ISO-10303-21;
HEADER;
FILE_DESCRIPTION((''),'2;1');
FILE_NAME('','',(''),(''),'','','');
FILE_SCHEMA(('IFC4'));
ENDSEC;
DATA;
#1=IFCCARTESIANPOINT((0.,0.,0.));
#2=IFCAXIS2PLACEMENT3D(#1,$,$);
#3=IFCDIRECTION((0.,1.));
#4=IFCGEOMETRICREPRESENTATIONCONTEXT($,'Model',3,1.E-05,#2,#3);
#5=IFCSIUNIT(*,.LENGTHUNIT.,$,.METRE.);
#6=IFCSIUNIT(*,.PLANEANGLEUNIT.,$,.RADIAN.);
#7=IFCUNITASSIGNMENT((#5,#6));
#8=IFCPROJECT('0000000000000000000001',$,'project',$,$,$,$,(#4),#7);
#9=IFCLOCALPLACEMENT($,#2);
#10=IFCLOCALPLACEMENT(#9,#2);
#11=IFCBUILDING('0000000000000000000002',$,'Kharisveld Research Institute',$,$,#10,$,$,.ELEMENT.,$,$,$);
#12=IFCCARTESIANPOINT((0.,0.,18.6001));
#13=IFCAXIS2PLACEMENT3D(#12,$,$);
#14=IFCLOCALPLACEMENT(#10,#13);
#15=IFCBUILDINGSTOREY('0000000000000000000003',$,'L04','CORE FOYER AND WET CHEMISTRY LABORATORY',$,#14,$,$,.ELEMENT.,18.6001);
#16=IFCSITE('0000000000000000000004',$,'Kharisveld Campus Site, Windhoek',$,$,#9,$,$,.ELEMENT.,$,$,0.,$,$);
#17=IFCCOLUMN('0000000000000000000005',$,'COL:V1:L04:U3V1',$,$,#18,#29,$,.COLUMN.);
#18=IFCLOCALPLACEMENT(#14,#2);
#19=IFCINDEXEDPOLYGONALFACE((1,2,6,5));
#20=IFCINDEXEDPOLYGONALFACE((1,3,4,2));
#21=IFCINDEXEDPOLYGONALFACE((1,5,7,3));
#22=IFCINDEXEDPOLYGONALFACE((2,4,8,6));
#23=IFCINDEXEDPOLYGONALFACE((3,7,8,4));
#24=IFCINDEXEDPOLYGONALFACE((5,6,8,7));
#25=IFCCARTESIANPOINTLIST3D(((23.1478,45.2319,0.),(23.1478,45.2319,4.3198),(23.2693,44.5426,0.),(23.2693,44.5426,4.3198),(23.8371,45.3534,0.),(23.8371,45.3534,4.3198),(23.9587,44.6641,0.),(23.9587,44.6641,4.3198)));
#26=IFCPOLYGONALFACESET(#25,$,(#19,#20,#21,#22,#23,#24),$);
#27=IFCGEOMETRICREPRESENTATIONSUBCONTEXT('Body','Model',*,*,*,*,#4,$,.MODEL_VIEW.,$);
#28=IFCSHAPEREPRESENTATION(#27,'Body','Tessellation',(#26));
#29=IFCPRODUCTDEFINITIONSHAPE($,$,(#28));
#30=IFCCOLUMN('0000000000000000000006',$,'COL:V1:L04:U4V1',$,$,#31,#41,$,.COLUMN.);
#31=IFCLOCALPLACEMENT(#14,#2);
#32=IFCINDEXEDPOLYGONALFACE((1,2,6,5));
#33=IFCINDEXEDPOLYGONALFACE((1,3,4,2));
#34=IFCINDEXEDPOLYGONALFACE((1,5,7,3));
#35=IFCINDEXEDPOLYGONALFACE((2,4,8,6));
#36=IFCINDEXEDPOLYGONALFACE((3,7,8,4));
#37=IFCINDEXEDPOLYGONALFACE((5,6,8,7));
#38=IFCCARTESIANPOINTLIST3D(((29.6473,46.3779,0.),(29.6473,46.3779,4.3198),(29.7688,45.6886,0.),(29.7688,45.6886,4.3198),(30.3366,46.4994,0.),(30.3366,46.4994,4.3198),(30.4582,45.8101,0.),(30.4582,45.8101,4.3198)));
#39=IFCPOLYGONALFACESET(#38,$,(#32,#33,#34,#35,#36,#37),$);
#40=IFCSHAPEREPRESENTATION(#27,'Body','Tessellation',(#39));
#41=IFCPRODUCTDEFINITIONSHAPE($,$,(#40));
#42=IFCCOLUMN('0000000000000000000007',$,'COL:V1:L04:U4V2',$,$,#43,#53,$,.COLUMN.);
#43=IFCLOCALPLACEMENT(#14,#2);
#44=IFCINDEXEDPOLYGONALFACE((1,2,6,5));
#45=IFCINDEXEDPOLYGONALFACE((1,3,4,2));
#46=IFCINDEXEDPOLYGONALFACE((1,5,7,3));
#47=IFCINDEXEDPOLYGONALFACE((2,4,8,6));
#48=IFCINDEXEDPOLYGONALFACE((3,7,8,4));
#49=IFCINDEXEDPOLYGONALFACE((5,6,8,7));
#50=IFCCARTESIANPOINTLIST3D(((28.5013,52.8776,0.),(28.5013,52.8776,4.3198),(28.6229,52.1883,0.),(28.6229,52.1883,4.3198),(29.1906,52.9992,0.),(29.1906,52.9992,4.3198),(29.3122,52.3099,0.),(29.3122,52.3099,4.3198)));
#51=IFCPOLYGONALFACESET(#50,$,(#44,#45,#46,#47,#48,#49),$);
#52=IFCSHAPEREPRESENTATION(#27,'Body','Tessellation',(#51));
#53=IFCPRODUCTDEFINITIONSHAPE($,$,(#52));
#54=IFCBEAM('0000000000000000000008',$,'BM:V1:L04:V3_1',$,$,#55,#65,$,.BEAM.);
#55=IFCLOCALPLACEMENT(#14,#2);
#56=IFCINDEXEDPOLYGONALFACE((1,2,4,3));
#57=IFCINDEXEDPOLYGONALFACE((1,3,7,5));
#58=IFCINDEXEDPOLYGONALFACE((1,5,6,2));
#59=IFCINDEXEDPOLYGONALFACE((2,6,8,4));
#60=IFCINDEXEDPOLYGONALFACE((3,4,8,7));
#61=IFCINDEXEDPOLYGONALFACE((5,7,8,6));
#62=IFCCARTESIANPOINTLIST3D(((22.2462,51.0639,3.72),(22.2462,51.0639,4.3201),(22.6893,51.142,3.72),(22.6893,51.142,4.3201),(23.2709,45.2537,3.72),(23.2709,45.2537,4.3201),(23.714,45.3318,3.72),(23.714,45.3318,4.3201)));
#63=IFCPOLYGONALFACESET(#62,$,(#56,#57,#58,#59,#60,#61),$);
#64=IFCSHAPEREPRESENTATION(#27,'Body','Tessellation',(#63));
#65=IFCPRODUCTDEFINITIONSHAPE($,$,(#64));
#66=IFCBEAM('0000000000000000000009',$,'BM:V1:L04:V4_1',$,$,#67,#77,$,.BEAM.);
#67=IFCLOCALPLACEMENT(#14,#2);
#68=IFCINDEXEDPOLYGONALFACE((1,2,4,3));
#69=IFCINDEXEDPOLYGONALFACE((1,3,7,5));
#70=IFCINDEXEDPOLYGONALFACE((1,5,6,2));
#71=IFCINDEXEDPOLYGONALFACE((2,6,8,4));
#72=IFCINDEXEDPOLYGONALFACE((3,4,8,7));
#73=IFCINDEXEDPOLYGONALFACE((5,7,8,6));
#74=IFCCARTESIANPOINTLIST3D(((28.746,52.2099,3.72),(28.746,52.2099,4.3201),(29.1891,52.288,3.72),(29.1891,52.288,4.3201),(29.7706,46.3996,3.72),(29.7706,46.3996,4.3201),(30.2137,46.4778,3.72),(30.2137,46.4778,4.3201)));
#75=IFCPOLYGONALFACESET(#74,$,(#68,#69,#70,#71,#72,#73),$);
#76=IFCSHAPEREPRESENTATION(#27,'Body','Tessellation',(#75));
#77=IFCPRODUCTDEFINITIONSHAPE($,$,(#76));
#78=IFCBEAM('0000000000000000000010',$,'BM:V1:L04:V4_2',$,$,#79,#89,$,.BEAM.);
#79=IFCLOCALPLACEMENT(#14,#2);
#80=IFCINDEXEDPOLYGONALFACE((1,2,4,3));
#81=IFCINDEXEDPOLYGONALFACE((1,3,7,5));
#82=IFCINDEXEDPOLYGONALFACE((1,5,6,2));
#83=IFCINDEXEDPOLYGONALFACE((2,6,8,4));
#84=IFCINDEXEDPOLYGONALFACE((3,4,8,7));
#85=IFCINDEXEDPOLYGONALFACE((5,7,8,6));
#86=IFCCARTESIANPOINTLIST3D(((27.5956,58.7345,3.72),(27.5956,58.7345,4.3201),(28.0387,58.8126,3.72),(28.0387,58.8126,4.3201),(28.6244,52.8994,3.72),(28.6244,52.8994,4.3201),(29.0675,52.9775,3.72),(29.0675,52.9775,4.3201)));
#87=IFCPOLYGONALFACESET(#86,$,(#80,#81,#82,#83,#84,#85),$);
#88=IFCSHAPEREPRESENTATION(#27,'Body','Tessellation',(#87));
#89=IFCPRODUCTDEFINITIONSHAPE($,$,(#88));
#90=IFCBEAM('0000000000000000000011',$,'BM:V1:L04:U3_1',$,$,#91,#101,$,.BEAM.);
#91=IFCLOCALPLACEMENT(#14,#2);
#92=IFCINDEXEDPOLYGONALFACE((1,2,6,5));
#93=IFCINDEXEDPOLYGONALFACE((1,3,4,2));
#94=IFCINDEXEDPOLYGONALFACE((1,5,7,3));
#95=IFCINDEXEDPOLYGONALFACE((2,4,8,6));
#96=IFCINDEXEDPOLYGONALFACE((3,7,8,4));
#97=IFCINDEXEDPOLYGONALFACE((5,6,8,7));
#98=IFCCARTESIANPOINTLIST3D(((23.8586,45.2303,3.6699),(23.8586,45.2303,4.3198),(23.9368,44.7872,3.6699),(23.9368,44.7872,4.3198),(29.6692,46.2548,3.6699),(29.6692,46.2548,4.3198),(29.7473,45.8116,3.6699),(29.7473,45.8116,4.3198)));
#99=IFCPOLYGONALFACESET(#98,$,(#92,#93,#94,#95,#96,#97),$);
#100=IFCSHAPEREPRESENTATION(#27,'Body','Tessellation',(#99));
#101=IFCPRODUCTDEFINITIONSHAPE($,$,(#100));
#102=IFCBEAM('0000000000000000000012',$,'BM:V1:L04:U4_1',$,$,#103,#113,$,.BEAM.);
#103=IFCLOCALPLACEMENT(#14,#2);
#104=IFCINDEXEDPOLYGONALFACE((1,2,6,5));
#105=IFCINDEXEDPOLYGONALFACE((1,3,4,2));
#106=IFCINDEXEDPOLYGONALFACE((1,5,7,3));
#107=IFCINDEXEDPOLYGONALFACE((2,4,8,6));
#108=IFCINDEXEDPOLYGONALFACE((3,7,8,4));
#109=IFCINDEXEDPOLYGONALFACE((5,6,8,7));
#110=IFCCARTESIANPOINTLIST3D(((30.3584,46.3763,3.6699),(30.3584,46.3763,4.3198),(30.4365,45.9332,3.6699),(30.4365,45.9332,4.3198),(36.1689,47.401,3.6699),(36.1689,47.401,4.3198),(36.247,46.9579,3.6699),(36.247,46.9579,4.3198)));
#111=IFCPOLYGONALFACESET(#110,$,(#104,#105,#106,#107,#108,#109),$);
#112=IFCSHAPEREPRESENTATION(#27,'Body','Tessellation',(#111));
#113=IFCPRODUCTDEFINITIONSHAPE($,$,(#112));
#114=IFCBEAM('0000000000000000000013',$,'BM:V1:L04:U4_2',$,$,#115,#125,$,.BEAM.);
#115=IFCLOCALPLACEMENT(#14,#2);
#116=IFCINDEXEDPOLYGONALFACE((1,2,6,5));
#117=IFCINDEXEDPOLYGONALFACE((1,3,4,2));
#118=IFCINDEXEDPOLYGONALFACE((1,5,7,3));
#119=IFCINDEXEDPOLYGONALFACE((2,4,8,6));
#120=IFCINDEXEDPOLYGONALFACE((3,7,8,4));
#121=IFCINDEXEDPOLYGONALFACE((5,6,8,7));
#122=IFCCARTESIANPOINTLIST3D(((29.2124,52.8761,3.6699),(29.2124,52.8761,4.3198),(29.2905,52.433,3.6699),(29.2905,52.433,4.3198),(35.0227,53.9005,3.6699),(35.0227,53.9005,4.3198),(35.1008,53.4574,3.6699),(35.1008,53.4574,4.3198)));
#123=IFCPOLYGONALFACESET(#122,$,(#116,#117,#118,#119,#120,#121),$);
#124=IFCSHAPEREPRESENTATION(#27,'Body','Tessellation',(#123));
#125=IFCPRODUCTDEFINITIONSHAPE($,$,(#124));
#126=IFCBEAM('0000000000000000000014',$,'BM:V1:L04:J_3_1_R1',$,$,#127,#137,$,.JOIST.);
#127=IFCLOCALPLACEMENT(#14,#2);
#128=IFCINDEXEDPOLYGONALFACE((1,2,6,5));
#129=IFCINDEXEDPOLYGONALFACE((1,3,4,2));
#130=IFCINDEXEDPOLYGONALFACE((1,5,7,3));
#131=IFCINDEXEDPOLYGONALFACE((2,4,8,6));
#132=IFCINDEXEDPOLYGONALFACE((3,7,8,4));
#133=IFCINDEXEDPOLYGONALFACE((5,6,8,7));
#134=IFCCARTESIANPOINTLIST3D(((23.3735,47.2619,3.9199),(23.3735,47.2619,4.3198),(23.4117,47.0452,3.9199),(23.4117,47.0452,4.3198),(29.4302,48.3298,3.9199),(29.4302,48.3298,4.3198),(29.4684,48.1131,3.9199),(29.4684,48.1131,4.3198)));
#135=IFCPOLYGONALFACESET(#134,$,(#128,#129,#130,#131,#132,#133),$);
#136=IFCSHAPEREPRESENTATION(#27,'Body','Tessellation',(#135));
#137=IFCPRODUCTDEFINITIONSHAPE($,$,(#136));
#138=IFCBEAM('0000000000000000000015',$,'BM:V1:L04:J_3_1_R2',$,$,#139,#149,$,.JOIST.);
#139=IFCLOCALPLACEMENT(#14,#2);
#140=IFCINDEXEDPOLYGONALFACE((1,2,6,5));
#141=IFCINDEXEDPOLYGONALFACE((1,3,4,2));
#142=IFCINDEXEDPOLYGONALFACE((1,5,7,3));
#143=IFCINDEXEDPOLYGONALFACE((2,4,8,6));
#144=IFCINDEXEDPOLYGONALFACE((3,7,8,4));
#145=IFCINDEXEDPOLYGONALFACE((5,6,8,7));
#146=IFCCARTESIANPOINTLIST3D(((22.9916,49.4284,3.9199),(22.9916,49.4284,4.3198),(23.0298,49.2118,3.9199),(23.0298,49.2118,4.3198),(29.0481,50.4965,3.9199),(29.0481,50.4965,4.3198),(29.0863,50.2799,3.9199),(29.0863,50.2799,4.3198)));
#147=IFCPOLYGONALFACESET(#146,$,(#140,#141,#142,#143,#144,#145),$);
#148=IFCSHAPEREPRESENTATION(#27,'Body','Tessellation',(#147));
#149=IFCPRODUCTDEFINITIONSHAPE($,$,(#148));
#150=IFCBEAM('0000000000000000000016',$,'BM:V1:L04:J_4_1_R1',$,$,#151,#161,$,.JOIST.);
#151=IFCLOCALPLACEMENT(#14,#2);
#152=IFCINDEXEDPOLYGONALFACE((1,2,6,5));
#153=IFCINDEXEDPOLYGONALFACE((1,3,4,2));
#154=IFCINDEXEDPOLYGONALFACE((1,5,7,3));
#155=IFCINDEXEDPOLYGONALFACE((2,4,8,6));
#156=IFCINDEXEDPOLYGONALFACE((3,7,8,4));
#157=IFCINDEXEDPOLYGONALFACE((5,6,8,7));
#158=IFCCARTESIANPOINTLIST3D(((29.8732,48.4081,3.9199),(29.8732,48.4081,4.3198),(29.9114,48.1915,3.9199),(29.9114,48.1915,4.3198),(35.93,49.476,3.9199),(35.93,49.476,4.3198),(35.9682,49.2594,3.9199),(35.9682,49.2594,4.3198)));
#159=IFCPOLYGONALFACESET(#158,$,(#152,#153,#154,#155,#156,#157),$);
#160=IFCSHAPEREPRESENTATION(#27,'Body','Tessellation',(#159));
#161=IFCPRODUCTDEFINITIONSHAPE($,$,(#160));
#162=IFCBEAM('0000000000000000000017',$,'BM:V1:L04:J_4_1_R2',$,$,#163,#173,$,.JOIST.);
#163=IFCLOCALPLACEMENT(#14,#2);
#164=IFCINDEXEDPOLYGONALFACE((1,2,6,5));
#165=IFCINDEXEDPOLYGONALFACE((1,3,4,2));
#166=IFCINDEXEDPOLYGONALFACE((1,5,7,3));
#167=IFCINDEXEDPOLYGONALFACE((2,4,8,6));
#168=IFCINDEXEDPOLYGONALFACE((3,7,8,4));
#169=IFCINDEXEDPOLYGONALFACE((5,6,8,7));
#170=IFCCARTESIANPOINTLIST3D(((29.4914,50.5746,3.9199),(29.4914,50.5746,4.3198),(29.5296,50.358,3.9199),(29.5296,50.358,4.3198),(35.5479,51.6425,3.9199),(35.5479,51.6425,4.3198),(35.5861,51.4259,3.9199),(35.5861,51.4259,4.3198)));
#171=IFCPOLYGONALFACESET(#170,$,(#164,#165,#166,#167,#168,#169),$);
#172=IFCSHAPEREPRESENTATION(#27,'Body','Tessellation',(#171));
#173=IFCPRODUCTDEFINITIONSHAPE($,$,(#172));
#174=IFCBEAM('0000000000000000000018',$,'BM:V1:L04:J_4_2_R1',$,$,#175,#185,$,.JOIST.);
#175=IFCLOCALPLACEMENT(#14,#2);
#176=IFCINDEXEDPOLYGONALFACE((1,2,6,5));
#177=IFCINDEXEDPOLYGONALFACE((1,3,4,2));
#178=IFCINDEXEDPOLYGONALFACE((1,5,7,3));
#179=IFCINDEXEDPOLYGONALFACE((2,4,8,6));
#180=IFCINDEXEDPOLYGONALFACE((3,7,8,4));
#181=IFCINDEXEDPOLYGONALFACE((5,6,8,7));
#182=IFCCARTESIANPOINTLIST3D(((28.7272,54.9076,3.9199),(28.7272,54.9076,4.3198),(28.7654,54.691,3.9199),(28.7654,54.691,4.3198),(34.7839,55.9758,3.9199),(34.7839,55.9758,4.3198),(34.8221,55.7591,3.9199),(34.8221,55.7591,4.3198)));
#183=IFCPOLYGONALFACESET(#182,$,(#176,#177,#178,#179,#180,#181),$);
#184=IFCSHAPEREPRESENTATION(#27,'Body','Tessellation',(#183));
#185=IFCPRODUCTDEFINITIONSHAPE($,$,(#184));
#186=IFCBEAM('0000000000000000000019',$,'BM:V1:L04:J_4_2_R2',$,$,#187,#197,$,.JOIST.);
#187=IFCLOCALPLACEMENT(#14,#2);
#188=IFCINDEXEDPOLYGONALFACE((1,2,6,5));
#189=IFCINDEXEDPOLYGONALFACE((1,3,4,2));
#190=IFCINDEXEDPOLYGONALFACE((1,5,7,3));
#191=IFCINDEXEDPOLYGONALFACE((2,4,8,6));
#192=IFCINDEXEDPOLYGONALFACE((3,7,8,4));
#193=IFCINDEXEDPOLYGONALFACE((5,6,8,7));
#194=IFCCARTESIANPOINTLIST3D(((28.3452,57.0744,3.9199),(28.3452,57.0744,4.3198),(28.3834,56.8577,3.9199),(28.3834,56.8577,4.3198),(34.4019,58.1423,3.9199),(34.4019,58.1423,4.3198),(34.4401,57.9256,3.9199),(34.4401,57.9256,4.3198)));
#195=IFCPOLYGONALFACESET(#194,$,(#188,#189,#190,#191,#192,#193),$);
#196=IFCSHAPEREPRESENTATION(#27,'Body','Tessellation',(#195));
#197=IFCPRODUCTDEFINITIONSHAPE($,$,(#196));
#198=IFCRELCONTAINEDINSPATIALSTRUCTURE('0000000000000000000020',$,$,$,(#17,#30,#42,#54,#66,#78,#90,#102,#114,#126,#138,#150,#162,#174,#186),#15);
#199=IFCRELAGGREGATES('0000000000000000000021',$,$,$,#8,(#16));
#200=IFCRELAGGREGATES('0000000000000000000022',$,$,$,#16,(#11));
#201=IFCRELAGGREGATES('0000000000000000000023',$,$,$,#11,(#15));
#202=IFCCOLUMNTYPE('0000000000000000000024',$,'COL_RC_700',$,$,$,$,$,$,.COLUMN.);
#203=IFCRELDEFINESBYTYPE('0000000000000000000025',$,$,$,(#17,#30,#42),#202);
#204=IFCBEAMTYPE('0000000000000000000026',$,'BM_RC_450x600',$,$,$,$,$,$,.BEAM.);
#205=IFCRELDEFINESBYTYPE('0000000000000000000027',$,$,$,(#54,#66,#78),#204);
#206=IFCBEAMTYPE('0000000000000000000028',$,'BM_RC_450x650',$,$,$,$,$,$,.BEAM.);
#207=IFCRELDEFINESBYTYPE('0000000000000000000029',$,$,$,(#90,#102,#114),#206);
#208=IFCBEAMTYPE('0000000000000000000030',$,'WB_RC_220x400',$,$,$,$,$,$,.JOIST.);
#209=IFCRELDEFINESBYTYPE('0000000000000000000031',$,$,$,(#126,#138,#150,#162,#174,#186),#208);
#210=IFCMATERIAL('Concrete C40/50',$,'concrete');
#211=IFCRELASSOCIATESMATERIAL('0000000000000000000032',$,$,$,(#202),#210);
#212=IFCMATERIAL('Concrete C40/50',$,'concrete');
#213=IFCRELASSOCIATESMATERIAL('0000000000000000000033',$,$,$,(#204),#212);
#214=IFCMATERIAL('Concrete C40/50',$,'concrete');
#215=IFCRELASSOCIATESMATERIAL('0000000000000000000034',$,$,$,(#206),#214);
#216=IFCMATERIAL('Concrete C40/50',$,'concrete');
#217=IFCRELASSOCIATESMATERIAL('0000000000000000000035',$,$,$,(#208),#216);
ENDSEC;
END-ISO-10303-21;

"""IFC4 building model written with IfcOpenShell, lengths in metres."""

from ifc_helpers import new_model, si_unit, direction, frame, origin, origin_2d, place, context, subcontext, project, spatial, rectangle, extrude, material, material_profile, profile_set, type_object, element, save


model = new_model("IFC4")

# Units and contexts
model_context = context("Model", 3, precision=1e-05, world=origin(), true_north=direction((0.0, 1.0)))
body_context = subcontext(model_context, "Body", "Model", "MODEL_VIEW")
ifc_project = project(units=[si_unit("LENGTHUNIT", "METRE"), si_unit("PLANEANGLEUNIT", "RADIAN")], contexts=[model_context])

# Site, building, storey
site_placement = place(None, origin())
site = spatial("IfcSite", under=ifc_project, at=site_placement, Name="Kharisveld Campus Site, Windhoek", CompositionType="ELEMENT", RefElevation=0.0)
building_placement = place(site_placement, origin())
building = spatial("IfcBuilding", under=site, at=building_placement, Name="Kharisveld Research Institute", CompositionType="ELEMENT")
storey_placement = place(building_placement, frame((0.0, 0.0, 18.6001)))
storey = spatial("IfcBuildingStorey", under=building, at=storey_placement, Name="L04", Description="CORE FOYER AND WET CHEMISTRY LABORATORY", CompositionType="ELEMENT", Elevation=18.6001)

# Columns
ifc_material_1 = material(Name="Concrete C40/50", Category="concrete")
ifc_material_profile_1 = material_profile(ifc_material_1, rectangle(XDim=0.7, YDim=0.7, at=origin_2d()))
ifc_profile_set_1 = profile_set([ifc_material_profile_1], Name="Concrete C40/50")
column_type = type_object("IfcColumnType", Name="COL_RC_700", PredefinedType="COLUMN", material=ifc_profile_set_1)
for number, where, z_axis, x_axis, name in (
    (1, (23.5532, 44.948, 0.0), (0.0, 0.0, 1.0), (0.984808, 0.173648, 0.0), "COL:V1:L04:U3V1"),
    (2, (30.0527, 46.094, 0.0), (0.0, 0.0, 1.0), (0.984808, 0.173648, 0.0), "COL:V1:L04:U4V1"),
    (3, (28.9067, 52.5938, 0.0), (0.0, 0.0, 1.0), (0.984808, 0.173648, 0.0), "COL:V1:L04:U4V2"),
):
    element("IfcColumn", number, at=place(storey_placement, frame(where, z_axis=z_axis, x_axis=x_axis)), inside=storey, type_object=column_type, Name=name, PredefinedType="COLUMN", context=body_context, shape_type="SweptSolid", body=[
        extrude(rectangle(XDim=0.7, YDim=0.7, at=origin_2d()), origin(), (0.0, 0.0, 1.0), 4.3198),
    ])

# Beams
ifc_material_2 = material(Name="Concrete C40/50", Category="concrete")
ifc_material_profile_2 = material_profile(ifc_material_2, rectangle(XDim=0.45, YDim=0.6001, at=origin_2d()))
ifc_profile_set_2 = profile_set([ifc_material_profile_2], Name="Concrete C40/50")
beam_type_1 = type_object("IfcBeamType", Name="BM_RC_450x600", PredefinedType="BEAM", material=ifc_profile_set_2)
for number, where, z_axis, x_axis, name in (
    (4, (23.4924, 45.2927, 4.02), (-0.173672, 0.984804, 0.0), (-0.984804, -0.173672, 0.0), "BM:V1:L04:V3_1"),
    (5, (29.9922, 46.4387, 4.02), (-0.173672, 0.984804, 0.0), (-0.984804, -0.173672, 0.0), "BM:V1:L04:V4_1"),
):
    element("IfcBeam", number, at=place(storey_placement, frame(where, z_axis=z_axis, x_axis=x_axis)), inside=storey, type_object=beam_type_1, Name=name, PredefinedType="BEAM", context=body_context, shape_type="SweptSolid", body=[
        extrude(rectangle(XDim=0.45, YDim=0.6001, at=origin_2d()), origin(), (0.0, 0.0, 1.0), 5.8999),
    ])
beam_1_placement = place(storey_placement, frame((28.8459, 52.9385, 4.02), z_axis=(-0.17364, 0.984809, 0.0), x_axis=(-0.984809, -0.17364, 0.0)))
element("IfcBeam", 6, at=beam_1_placement, inside=storey, type_object=beam_type_1, Name="BM:V1:L04:V4_2", PredefinedType="BEAM", context=body_context, shape_type="SweptSolid", body=[
    extrude(rectangle(XDim=0.45, YDim=0.6001, at=origin_2d()), origin(), (0.0, 0.0, 1.0), 5.925),
])
ifc_material_3 = material(Name="Concrete C40/50", Category="concrete")
ifc_material_profile_3 = material_profile(ifc_material_3, rectangle(XDim=0.45, YDim=0.6499, at=origin_2d()))
ifc_profile_set_3 = profile_set([ifc_material_profile_3], Name="Concrete C40/50")
beam_type_2 = type_object("IfcBeamType", Name="BM_RC_450x650", PredefinedType="BEAM", material=ifc_profile_set_3)
for number, where, z_axis, x_axis, name in (
    (7, (23.8977, 45.0088, 3.9949), (0.984812, 0.173625, 0.0), (-0.173625, 0.984812, 0.0), "BM:V1:L04:U3_1"),
    (8, (30.3975, 46.1548, 3.9949), (0.984805, 0.173665, 0.0), (-0.173665, 0.984805, 0.0), "BM:V1:L04:U4_1"),
):
    element("IfcBeam", number, at=place(storey_placement, frame(where, z_axis=z_axis, x_axis=x_axis)), inside=storey, type_object=beam_type_2, Name=name, PredefinedType="BEAM", context=body_context, shape_type="SweptSolid", body=[
        extrude(rectangle(XDim=0.45, YDim=0.6499, at=origin_2d()), origin(), (0.0, 0.0, 1.0), 5.9001),
    ])
beam_2_placement = place(storey_placement, frame((29.2515, 52.6545, 3.9949), z_axis=(0.984811, 0.173632, 0.0), x_axis=(-0.173632, 0.984811, 0.0)))
element("IfcBeam", 9, at=beam_2_placement, inside=storey, type_object=beam_type_2, Name="BM:V1:L04:U4_2", PredefinedType="BEAM", context=body_context, shape_type="SweptSolid", body=[
    extrude(rectangle(XDim=0.45, YDim=0.6499, at=origin_2d()), origin(), (0.0, 0.0, 1.0), 5.8999),
])
ifc_material_4 = material(Name="Concrete C40/50", Category="concrete")
ifc_material_profile_4 = material_profile(ifc_material_4, rectangle(XDim=0.22, YDim=0.3999, at=origin_2d()))
ifc_profile_set_4 = profile_set([ifc_material_profile_4], Name="Concrete C40/50")
beam_type_3 = type_object("IfcBeamType", Name="WB_RC_220x400", PredefinedType="JOIST", material=ifc_profile_set_4)
beam_3_placement = place(storey_placement, frame((23.3926, 47.1536, 4.1199), z_axis=(0.98481, 0.173636, 0.0), x_axis=(-0.173636, 0.98481, 0.0)))
element("IfcBeam", 10, at=beam_3_placement, inside=storey, type_object=beam_type_3, Name="BM:V1:L04:J_3_1_R1", PredefinedType="JOIST", context=body_context, shape_type="SweptSolid", body=[
    extrude(rectangle(XDim=0.22, YDim=0.3999, at=origin_2d()), origin(), (0.0, 0.0, 1.0), 6.1501),
])
beam_4_placement = place(storey_placement, frame((23.0107, 49.3201, 4.1199), z_axis=(0.984802, 0.173681, 0.0), x_axis=(-0.173681, 0.984802, 0.0)))
element("IfcBeam", 11, at=beam_4_placement, inside=storey, type_object=beam_type_3, Name="BM:V1:L04:J_3_1_R2", PredefinedType="JOIST", context=body_context, shape_type="SweptSolid", body=[
    extrude(rectangle(XDim=0.22, YDim=0.3999, at=origin_2d()), origin(), (0.0, 0.0, 1.0), 6.1499),
])
beam_5_placement = place(storey_placement, frame((29.8923, 48.2998, 4.1199), z_axis=(0.98481, 0.173636, 0.0), x_axis=(-0.173636, 0.98481, 0.0)))
element("IfcBeam", 12, at=beam_5_placement, inside=storey, type_object=beam_type_3, Name="BM:V1:L04:J_4_1_R1", PredefinedType="JOIST", context=body_context, shape_type="SweptSolid", body=[
    extrude(rectangle(XDim=0.22, YDim=0.3999, at=origin_2d()), origin(), (0.0, 0.0, 1.0), 6.1501),
])
beam_6_placement = place(storey_placement, frame((29.5105, 50.4663, 4.1199), z_axis=(0.984809, 0.173643, 0.0), x_axis=(-0.173643, 0.984809, 0.0)))
element("IfcBeam", 13, at=beam_6_placement, inside=storey, type_object=beam_type_3, Name="BM:V1:L04:J_4_1_R2", PredefinedType="JOIST", context=body_context, shape_type="SweptSolid", body=[
    extrude(rectangle(XDim=0.22, YDim=0.3999, at=origin_2d()), origin(), (0.0, 0.0, 1.0), 6.1499),
])
for number, where, z_axis, x_axis, name in (
    (14, (28.7463, 54.7993, 4.1199), (0.984803, 0.173674, 0.0), (-0.173674, 0.984803, 0.0), "BM:V1:L04:J_4_2_R1"),
    (15, (28.3643, 56.9661, 4.1199), (0.98481, 0.173636, 0.0), (-0.173636, 0.98481, 0.0), "BM:V1:L04:J_4_2_R2"),
):
    element("IfcBeam", number, at=place(storey_placement, frame(where, z_axis=z_axis, x_axis=x_axis)), inside=storey, type_object=beam_type_3, Name=name, PredefinedType="JOIST", context=body_context, shape_type="SweptSolid", body=[
        extrude(rectangle(XDim=0.22, YDim=0.3999, at=origin_2d()), origin(), (0.0, 0.0, 1.0), 6.1501),
    ])

save(model, "model.ifc")
